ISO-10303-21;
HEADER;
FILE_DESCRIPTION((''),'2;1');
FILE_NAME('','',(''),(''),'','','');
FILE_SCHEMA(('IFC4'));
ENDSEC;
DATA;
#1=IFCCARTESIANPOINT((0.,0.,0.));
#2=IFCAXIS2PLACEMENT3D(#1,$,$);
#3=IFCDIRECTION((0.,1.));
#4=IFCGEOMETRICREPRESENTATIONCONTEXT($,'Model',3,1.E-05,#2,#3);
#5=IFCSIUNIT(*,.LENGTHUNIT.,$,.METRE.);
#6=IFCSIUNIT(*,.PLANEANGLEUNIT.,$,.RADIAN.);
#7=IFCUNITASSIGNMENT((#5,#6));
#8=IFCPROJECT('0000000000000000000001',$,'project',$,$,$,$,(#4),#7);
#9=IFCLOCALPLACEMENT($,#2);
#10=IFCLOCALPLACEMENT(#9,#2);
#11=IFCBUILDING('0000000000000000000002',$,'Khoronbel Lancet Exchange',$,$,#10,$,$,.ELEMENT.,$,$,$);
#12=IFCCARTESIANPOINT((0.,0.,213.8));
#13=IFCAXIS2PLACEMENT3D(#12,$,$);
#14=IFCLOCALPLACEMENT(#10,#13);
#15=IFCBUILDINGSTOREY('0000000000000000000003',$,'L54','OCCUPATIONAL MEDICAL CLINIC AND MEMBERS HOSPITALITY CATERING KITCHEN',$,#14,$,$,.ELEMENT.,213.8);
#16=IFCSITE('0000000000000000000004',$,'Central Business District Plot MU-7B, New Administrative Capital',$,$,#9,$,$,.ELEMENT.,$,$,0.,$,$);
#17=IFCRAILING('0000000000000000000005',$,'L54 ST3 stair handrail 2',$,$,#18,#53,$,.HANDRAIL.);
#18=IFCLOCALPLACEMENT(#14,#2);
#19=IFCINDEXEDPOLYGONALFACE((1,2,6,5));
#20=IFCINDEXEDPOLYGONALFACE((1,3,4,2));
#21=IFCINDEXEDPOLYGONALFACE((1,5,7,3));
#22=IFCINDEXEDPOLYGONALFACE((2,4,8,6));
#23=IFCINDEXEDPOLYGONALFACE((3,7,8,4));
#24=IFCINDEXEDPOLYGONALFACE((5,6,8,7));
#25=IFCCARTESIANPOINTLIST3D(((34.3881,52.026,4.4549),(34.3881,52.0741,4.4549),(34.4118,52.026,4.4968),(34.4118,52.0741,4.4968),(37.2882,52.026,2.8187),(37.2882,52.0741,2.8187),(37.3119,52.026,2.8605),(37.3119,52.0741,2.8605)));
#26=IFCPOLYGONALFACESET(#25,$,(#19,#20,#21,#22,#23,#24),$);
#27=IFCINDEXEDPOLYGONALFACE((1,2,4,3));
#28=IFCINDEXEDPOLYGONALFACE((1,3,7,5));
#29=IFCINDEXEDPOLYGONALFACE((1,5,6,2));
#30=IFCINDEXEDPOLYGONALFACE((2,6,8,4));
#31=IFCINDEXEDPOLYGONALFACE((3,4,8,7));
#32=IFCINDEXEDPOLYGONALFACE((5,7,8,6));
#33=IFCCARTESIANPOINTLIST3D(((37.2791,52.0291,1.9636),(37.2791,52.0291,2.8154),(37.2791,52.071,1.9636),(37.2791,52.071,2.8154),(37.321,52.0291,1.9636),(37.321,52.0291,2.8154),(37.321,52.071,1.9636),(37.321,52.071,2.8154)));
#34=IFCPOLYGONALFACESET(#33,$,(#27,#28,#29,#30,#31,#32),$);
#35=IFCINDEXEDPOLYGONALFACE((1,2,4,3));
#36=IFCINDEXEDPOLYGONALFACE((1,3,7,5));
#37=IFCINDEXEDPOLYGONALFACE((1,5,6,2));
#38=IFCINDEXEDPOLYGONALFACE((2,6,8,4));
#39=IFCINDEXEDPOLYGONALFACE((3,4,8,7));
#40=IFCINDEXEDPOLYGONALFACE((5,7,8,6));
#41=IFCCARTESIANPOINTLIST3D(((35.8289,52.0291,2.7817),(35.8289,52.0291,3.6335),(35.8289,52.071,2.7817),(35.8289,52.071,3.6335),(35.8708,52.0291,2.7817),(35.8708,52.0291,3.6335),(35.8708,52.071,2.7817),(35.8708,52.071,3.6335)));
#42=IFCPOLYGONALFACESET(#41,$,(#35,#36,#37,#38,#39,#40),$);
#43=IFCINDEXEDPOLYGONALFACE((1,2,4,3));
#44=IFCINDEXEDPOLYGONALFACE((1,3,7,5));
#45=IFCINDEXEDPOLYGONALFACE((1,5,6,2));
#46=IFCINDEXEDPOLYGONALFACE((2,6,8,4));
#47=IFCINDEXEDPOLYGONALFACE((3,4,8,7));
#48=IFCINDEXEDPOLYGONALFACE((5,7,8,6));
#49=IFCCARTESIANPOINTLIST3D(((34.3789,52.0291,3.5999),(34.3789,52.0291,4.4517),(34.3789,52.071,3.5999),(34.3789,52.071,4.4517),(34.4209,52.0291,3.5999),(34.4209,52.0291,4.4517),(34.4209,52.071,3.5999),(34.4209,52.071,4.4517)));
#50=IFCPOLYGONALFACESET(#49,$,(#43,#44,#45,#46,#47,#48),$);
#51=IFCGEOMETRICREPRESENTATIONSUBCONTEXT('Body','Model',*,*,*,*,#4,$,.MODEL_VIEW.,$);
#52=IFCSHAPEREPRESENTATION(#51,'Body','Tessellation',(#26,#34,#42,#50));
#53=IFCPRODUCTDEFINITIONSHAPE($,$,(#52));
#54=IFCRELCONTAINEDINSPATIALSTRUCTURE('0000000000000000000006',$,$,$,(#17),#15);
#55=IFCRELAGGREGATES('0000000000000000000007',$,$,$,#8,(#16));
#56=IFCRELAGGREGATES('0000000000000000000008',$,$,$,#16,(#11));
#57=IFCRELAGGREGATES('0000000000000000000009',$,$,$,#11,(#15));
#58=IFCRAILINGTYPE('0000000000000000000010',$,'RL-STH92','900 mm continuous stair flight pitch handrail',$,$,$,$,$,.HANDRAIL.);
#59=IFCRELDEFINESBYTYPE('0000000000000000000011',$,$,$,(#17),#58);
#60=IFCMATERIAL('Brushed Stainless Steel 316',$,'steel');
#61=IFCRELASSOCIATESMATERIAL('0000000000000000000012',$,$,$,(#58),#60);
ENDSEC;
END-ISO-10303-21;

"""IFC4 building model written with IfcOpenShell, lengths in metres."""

from ifc_helpers import new_model, si_unit, direction, frame, origin, origin_2d, place, context, subcontext, project, spatial, rectangle, extrude, material, type_object, element, save


model = new_model("IFC4")

# Units and contexts
model_context = context("Model", 3, precision=1e-05, world=origin(), true_north=direction((0.0, 1.0)))
body_context = subcontext(model_context, "Body", "Model", "MODEL_VIEW")
ifc_project = project(units=[si_unit("LENGTHUNIT", "METRE"), si_unit("PLANEANGLEUNIT", "RADIAN")], contexts=[model_context])

# Site, building, storey
site_placement = place(None, origin())
site = spatial("IfcSite", under=ifc_project, at=site_placement, Name="Central Business District Plot MU-7B, New Administrative Capital", CompositionType="ELEMENT", RefElevation=0.0)
building_placement = place(site_placement, origin())
building = spatial("IfcBuilding", under=site, at=building_placement, Name="Khoronbel Lancet Exchange", CompositionType="ELEMENT")
storey_placement = place(building_placement, frame((0.0, 0.0, 213.8)))
storey = spatial("IfcBuildingStorey", under=building, at=storey_placement, Name="L54", Description="OCCUPATIONAL MEDICAL CLINIC AND MEMBERS HOSPITALITY CATERING KITCHEN", CompositionType="ELEMENT", Elevation=213.8)

# Railing
ifc_material_1 = material(Name="Brushed Stainless Steel 316", Category="steel")
railing_type_1 = type_object("IfcRailingType", Name="RL-STH92", Description="900 mm continuous stair flight pitch handrail", PredefinedType="HANDRAIL", material=ifc_material_1)
railing_1_placement = place(storey_placement, frame((37.3, 52.05, 1.9636)))
element("IfcRailing", 1, at=railing_1_placement, inside=storey, type_object=railing_type_1, Name="L54 ST3 stair handrail 2", PredefinedType="HANDRAIL", context=body_context, shape_type="SweptSolid", body=[
    extrude(rectangle(XDim=0.0481, YDim=0.0481, at=origin_2d()), frame((0.0, 0.0, 0.876), z_axis=(-0.870946, 0.0, 0.491378), x_axis=(0.0, -1.0, 0.0)), (0.0, 0.0, 1.0), 3.3298),
    extrude(rectangle(XDim=0.042, YDim=0.042, at=origin_2d()), origin(), (0.0, 0.0, 1.0), 0.8518),
    extrude(rectangle(XDim=0.042, YDim=0.042, at=origin_2d()), frame((-1.4502, 0.0, 0.8181)), (0.0, 0.0, 1.0), 0.8518),
    extrude(rectangle(XDim=0.042, YDim=0.042, at=origin_2d()), frame((-2.9001, 0.0, 1.6362)), (0.0, 0.0, 1.0), 0.8518),
])

save(model, "model.ifc")
